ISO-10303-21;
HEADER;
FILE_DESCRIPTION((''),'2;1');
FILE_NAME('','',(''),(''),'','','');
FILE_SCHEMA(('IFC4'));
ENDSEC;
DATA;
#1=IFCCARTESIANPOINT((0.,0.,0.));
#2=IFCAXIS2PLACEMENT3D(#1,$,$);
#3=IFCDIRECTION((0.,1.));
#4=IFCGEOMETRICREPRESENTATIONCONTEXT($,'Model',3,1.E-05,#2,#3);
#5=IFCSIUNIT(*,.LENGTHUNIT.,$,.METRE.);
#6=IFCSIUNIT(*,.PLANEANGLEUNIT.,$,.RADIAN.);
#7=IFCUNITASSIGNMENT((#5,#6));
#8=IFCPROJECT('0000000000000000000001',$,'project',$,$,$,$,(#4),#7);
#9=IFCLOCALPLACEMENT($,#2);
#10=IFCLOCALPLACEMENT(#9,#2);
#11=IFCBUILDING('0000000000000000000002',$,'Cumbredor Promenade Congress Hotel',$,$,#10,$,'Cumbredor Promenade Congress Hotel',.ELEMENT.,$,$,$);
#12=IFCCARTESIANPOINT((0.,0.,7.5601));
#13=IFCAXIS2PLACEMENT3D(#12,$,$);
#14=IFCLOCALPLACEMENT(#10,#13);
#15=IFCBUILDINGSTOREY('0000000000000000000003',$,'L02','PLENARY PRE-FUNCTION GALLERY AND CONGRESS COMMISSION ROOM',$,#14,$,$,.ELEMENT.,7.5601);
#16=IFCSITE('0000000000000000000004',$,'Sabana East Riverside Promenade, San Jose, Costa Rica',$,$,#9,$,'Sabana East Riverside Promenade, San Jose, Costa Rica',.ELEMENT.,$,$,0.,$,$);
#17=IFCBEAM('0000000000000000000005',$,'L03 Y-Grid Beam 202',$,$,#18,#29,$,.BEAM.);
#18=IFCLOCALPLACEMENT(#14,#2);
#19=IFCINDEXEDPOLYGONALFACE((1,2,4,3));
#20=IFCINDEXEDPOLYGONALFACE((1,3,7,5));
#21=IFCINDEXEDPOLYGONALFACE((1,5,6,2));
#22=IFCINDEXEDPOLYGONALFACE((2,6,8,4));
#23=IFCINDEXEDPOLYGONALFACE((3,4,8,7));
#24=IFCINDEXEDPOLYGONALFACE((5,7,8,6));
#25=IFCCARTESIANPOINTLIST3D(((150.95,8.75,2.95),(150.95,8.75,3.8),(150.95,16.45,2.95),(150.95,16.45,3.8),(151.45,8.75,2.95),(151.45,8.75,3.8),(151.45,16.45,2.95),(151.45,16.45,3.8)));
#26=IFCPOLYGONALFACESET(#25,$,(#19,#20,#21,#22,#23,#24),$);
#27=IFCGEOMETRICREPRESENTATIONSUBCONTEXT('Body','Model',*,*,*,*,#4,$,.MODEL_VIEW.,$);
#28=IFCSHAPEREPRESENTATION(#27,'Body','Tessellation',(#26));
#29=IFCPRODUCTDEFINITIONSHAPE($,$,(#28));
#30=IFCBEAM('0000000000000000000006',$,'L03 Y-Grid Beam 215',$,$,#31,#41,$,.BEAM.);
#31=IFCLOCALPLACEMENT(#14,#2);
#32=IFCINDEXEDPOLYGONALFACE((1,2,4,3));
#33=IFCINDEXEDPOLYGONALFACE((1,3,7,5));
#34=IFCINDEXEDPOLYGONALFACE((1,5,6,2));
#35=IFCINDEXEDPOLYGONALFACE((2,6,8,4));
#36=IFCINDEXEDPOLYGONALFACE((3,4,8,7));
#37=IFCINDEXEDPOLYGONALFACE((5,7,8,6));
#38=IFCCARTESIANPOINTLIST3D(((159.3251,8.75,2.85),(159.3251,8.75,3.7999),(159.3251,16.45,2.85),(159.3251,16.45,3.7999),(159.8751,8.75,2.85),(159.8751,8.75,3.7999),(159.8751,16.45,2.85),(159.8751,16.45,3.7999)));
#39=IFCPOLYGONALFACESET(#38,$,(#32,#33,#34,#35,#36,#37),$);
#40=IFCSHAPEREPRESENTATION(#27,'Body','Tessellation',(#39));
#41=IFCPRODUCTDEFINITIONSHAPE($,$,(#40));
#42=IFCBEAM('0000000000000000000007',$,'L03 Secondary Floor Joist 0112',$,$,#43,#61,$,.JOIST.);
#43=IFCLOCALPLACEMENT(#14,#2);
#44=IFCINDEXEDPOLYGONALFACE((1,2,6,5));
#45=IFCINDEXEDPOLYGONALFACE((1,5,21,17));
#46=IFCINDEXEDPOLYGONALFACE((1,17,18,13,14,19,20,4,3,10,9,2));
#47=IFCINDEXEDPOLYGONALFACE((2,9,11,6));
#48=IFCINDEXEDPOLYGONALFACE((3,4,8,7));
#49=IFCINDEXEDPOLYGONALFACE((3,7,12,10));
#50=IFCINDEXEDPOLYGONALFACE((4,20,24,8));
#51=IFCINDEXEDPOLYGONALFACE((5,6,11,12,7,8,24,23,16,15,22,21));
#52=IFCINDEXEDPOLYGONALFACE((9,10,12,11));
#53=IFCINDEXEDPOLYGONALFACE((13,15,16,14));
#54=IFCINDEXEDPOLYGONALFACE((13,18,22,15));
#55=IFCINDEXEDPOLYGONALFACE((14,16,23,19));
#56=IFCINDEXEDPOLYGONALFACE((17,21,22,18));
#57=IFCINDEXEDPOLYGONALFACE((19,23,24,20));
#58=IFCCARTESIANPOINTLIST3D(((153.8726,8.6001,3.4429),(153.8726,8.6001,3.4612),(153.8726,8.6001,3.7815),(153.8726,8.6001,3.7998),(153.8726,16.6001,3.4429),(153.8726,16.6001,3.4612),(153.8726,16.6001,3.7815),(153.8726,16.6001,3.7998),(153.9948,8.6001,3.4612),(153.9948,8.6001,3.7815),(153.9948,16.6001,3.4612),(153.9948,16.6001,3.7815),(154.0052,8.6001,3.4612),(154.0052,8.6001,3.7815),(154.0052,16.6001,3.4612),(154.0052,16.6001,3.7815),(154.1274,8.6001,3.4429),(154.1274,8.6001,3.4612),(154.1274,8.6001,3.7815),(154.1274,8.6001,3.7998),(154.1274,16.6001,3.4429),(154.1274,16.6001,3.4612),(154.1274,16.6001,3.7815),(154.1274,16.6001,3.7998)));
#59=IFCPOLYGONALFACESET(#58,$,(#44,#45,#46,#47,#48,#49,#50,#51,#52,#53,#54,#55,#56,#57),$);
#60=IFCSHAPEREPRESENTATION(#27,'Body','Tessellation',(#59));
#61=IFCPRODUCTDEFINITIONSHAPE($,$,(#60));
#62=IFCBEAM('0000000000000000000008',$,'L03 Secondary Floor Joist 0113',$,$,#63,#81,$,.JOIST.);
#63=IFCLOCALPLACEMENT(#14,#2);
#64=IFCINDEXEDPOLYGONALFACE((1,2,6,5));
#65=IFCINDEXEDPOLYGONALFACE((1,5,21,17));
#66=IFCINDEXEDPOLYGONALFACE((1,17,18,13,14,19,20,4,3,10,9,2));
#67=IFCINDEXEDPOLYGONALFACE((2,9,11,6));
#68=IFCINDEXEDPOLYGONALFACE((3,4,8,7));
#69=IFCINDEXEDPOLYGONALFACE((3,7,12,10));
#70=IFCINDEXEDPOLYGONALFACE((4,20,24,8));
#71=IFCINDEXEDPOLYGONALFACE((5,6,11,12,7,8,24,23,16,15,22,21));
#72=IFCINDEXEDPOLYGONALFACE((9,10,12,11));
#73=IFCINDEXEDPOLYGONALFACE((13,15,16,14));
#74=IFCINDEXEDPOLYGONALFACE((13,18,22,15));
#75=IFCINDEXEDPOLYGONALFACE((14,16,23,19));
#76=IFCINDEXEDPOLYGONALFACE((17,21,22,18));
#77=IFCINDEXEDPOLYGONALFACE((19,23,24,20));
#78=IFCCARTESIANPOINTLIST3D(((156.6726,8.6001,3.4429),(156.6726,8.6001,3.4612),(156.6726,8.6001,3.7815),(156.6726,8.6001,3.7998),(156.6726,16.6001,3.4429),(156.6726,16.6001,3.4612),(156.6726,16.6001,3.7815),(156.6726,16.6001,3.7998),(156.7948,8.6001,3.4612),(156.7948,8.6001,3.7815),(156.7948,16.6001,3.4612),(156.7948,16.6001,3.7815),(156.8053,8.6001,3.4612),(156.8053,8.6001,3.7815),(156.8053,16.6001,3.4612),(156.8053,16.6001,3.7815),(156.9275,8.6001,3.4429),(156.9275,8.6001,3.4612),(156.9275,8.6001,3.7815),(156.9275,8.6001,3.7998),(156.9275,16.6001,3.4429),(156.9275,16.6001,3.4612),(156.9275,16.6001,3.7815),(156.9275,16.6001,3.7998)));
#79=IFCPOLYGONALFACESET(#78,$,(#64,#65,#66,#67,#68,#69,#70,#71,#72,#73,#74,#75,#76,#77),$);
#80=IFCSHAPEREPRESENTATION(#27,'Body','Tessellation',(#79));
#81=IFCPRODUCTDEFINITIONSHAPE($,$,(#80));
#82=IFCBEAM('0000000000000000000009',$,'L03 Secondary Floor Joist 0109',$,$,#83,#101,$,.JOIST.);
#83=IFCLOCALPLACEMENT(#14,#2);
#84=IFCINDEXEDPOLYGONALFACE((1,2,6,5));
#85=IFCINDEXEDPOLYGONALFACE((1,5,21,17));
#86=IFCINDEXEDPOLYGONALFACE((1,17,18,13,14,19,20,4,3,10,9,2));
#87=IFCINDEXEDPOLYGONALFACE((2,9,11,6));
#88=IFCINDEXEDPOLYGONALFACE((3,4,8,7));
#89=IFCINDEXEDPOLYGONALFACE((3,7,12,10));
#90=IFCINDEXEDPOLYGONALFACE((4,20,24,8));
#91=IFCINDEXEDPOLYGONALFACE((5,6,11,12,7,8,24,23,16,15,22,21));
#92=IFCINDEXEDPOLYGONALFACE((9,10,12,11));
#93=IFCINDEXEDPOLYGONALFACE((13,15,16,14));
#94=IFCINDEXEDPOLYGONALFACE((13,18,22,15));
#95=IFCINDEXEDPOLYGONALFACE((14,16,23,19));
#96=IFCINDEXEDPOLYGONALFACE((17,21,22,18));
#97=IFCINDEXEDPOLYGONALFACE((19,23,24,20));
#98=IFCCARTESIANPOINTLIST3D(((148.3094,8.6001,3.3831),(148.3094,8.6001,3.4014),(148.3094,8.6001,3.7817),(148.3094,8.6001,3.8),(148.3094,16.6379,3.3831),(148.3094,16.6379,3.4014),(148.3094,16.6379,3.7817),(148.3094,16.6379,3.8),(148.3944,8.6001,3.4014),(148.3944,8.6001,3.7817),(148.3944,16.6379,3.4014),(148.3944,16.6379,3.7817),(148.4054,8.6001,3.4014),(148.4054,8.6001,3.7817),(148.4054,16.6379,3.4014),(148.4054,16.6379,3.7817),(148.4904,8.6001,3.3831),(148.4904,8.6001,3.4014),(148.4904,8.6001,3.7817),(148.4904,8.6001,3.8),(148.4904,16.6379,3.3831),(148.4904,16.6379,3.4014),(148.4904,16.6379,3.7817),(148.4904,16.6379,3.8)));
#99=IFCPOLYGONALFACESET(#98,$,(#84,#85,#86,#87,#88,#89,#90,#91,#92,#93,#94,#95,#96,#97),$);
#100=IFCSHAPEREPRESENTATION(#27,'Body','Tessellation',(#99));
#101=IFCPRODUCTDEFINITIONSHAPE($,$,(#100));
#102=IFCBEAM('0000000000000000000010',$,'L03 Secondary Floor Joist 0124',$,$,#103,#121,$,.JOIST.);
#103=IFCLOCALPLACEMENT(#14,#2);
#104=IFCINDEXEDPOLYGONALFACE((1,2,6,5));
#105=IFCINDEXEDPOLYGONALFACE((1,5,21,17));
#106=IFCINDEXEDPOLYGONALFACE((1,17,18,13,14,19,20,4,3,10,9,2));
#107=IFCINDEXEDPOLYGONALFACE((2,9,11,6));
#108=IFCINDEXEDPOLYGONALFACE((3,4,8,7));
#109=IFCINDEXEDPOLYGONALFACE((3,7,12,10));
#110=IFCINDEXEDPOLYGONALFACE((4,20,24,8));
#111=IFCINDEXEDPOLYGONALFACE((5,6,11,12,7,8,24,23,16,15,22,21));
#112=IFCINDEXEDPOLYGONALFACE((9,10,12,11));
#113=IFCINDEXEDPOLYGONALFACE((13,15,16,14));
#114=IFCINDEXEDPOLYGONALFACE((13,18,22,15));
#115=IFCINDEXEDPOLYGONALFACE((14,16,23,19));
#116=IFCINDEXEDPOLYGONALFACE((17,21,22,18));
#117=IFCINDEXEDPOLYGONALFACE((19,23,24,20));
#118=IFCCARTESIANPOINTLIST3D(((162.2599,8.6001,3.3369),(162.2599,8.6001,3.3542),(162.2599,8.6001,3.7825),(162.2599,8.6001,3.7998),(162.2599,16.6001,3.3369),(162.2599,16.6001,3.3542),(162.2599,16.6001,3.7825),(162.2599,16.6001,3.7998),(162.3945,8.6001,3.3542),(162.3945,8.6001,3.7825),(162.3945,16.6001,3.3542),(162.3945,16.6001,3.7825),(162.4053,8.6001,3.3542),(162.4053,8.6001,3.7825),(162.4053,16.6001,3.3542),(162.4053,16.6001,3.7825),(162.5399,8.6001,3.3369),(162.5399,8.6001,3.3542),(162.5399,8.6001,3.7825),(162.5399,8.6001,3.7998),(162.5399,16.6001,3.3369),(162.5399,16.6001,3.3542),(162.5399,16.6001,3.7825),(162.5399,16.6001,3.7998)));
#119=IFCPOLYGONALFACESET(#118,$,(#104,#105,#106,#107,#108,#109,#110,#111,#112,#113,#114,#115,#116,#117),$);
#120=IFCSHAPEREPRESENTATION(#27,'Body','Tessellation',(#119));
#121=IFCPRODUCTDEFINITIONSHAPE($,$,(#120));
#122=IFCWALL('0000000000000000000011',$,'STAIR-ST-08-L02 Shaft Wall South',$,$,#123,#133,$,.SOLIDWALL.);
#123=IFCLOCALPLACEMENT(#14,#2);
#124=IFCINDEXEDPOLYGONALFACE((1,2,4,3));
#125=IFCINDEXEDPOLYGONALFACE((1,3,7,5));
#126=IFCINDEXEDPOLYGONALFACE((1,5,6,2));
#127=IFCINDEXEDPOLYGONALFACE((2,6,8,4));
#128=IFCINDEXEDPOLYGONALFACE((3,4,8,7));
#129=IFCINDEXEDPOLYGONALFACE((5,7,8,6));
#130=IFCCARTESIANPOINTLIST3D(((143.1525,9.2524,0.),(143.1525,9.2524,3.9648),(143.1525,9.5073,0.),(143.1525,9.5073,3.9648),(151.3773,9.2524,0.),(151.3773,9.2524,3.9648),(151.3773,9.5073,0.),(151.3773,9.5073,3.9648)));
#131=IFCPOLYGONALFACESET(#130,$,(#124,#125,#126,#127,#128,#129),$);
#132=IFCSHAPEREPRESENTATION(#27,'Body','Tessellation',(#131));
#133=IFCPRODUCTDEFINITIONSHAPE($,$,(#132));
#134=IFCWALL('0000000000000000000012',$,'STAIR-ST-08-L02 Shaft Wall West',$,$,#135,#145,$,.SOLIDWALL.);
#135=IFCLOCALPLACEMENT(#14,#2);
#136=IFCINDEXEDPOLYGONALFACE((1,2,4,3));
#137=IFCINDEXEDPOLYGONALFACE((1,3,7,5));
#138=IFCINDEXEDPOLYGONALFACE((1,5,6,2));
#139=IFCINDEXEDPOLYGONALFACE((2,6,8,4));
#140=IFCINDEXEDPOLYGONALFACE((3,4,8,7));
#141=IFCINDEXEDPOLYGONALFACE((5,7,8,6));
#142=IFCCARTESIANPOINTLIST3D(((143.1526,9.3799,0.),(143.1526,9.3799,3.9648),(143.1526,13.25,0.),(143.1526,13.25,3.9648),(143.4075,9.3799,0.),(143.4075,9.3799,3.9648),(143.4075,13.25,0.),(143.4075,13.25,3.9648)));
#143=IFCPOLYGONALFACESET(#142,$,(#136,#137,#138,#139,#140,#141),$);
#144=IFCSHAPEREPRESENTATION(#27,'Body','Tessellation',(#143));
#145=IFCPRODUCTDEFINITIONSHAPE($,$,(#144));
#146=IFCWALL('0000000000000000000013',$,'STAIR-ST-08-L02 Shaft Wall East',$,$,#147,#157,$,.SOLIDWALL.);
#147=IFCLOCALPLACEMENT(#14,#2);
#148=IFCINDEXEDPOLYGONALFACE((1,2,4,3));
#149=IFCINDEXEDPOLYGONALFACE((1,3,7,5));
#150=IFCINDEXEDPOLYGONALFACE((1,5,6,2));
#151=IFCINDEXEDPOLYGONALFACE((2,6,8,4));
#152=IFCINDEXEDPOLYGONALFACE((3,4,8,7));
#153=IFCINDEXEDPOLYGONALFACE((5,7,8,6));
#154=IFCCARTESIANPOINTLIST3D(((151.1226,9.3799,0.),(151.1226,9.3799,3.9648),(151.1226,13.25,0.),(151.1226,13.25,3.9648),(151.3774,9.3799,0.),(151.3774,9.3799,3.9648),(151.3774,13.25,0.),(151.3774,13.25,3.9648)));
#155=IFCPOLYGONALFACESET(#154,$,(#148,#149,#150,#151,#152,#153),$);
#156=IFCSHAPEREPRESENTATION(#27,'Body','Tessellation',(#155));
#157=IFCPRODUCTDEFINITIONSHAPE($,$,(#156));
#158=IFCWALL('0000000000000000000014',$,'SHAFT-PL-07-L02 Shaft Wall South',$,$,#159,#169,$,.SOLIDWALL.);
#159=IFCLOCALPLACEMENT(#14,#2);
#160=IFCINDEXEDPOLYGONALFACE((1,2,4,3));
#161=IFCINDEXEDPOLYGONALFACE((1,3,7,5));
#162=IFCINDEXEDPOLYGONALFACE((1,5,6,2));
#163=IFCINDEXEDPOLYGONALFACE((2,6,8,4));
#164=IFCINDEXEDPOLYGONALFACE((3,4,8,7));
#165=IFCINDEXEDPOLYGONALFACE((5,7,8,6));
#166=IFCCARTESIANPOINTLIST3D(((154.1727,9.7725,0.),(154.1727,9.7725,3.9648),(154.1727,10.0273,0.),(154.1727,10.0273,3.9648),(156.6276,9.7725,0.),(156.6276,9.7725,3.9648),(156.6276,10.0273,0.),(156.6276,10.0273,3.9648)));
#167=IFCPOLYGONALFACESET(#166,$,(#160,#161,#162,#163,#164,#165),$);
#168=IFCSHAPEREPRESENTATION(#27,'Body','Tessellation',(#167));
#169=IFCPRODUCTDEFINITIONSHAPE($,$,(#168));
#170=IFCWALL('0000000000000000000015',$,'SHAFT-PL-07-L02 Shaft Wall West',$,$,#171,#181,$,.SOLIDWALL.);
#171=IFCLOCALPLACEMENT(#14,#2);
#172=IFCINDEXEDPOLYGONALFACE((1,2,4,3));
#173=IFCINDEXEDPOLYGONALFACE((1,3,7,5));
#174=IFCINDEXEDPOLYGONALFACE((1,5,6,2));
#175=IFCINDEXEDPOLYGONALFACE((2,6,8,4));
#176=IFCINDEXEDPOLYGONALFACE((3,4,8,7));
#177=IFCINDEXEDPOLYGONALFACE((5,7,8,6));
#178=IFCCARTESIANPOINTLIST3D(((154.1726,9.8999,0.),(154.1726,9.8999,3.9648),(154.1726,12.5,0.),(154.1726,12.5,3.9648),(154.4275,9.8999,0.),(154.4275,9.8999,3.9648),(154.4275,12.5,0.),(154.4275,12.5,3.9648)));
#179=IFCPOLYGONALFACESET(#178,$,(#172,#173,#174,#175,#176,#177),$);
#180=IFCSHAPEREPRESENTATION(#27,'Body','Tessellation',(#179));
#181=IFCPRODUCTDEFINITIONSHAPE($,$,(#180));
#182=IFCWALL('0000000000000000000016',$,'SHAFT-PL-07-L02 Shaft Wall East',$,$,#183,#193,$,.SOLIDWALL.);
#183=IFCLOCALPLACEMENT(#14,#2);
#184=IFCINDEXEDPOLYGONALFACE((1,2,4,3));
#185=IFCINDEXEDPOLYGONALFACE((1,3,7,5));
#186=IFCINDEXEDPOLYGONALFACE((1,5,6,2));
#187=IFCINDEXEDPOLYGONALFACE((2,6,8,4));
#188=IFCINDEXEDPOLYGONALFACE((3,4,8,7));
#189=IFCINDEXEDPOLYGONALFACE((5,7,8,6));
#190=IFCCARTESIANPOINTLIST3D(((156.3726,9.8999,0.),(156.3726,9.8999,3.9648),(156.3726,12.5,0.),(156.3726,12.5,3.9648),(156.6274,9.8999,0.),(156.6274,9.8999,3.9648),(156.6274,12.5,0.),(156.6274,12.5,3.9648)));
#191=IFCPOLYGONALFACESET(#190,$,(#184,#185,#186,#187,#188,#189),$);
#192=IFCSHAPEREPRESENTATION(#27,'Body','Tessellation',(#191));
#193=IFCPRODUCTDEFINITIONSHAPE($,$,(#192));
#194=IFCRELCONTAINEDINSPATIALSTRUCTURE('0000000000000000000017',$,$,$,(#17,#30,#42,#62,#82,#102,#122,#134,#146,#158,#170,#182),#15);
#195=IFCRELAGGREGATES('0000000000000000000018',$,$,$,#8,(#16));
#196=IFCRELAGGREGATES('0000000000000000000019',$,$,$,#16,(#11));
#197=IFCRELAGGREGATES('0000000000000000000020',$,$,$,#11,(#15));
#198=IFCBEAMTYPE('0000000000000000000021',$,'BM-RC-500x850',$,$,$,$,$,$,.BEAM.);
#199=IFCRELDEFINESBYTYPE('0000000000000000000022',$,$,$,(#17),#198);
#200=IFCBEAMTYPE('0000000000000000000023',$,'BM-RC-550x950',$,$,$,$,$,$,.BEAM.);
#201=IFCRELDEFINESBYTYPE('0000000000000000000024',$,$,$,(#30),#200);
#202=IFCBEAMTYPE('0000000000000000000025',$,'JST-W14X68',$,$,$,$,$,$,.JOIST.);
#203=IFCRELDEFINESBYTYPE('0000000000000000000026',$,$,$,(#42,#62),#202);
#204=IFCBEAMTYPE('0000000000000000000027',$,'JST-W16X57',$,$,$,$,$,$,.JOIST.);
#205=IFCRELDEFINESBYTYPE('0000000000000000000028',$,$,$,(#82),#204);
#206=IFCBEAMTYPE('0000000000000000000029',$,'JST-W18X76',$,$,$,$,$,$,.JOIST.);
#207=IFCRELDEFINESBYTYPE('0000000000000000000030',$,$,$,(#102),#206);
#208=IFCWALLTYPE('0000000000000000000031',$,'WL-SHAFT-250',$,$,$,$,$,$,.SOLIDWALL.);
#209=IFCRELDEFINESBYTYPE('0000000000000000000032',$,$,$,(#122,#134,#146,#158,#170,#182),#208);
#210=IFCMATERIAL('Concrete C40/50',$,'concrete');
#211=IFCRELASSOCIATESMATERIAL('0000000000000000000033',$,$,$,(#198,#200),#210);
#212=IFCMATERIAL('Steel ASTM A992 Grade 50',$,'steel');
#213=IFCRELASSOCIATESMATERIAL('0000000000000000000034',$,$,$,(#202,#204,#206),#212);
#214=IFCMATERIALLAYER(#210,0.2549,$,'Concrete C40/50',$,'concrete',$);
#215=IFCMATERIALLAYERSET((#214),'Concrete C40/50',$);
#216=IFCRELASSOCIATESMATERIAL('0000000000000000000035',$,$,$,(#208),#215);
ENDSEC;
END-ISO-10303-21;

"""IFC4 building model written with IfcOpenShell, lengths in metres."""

from ifc_helpers import new_model, si_unit, direction, frame, frame_2d, origin, origin_2d, place, context, subcontext, project, spatial, rectangle, i_section, extrude, material, layer, layer_set, material_profile, profile_set, type_object, element, save


model = new_model("IFC4")

# Units and contexts
model_context = context("Model", 3, precision=1e-05, world=origin(), true_north=direction((0.0, 1.0)))
body_context = subcontext(model_context, "Body", "Model", "MODEL_VIEW")
ifc_project = project(units=[si_unit("LENGTHUNIT", "METRE"), si_unit("PLANEANGLEUNIT", "RADIAN")], contexts=[model_context])

# Site, building, storey
site_placement = place(None, origin())
site = spatial("IfcSite", under=ifc_project, at=site_placement, Name="Sabana East Riverside Promenade, San Jose, Costa Rica", LongName="Sabana East Riverside Promenade, San Jose, Costa Rica", CompositionType="ELEMENT", RefElevation=0.0)
building_placement = place(site_placement, origin())
building = spatial("IfcBuilding", under=site, at=building_placement, Name="Cumbredor Promenade Congress Hotel", LongName="Cumbredor Promenade Congress Hotel", CompositionType="ELEMENT")
storey_placement = place(building_placement, frame((0.0, 0.0, 7.5601)))
storey = spatial("IfcBuildingStorey", under=building, at=storey_placement, Name="L02", Description="PLENARY PRE-FUNCTION GALLERY AND CONGRESS COMMISSION ROOM", CompositionType="ELEMENT", Elevation=7.5601)

# Beams
ifc_material_1 = material(Name="Concrete C40/50", Category="concrete")
ifc_material_profile_1 = material_profile(ifc_material_1, rectangle(XDim=0.5, YDim=0.8501, at=origin_2d()), Name="RC BEAM 500x850")
ifc_profile_set_1 = profile_set([ifc_material_profile_1], Name="Concrete C40/50")
beam_type_1 = type_object("IfcBeamType", Name="BM-RC-500x850", PredefinedType="BEAM", material=ifc_profile_set_1)
beam_1_placement = place(storey_placement, frame((151.2, 8.75, 3.375), z_axis=(0.0, 1.0, 0.0), x_axis=(-1.0, 0.0, 0.0)))
element("IfcBeam", 1, at=beam_1_placement, inside=storey, type_object=beam_type_1, Name="L03 Y-Grid Beam 202", PredefinedType="BEAM", context=body_context, shape_type="SweptSolid", body=[
    extrude(rectangle(XDim=0.5, YDim=0.8501, at=origin_2d()), origin(), (0.0, 0.0, 1.0), 7.7),
])
ifc_material_profile_2 = material_profile(ifc_material_1, rectangle(XDim=0.55, YDim=0.95, at=origin_2d()), Name="RC BEAM 550x950")
ifc_profile_set_2 = profile_set([ifc_material_profile_2], Name="Concrete C40/50")
beam_type_2 = type_object("IfcBeamType", Name="BM-RC-550x950", PredefinedType="BEAM", material=ifc_profile_set_2)
beam_2_placement = place(storey_placement, frame((159.6001, 8.75, 3.325), z_axis=(0.0, 1.0, 0.0), x_axis=(-1.0, 0.0, 0.0)))
element("IfcBeam", 2, at=beam_2_placement, inside=storey, type_object=beam_type_2, Name="L03 Y-Grid Beam 215", PredefinedType="BEAM", context=body_context, shape_type="SweptSolid", body=[
    extrude(rectangle(XDim=0.55, YDim=0.95, at=origin_2d()), origin(), (0.0, 0.0, 1.0), 7.7),
])
ifc_material_2 = material(Name="Steel ASTM A992 Grade 50", Category="steel")
ifc_material_profile_3 = material_profile(ifc_material_2, i_section(OverallWidth=0.2549, OverallDepth=0.3569, WebThickness=0.0105, FlangeThickness=0.0183, at=origin_2d()), Name="W14X68")
ifc_profile_set_3 = profile_set([ifc_material_profile_3], Name="Steel ASTM A992 Grade 50")
beam_type_3 = type_object("IfcBeamType", Name="JST-W14X68", PredefinedType="JOIST", material=ifc_profile_set_3)
for number, where, z_axis, x_axis, name in (
    (3, (154.0, 8.6001, 3.6213), (0.0, 1.0, 0.0), (-1.0, 0.0, 0.0), "L03 Secondary Floor Joist 0112"),
    (4, (156.8, 8.6001, 3.6213), (0.0, 1.0, 0.0), (-1.0, 0.0, 0.0), "L03 Secondary Floor Joist 0113"),
):
    element("IfcBeam", number, at=place(storey_placement, frame(where, z_axis=z_axis, x_axis=x_axis)), inside=storey, type_object=beam_type_3, Name=name, PredefinedType="JOIST", context=body_context, shape_type="SweptSolid", body=[
        extrude(i_section(OverallWidth=0.2549, OverallDepth=0.3569, WebThickness=0.0105, FlangeThickness=0.0183, at=origin_2d()), origin(), (0.0, 0.0, 1.0), 8.0),
    ])
ifc_material_profile_4 = material_profile(ifc_material_2, i_section(OverallWidth=0.1809, OverallDepth=0.417, WebThickness=0.011, FlangeThickness=0.0183, at=origin_2d()), Name="W16X57")
ifc_profile_set_4 = profile_set([ifc_material_profile_4], Name="Steel ASTM A992 Grade 50")
beam_type_4 = type_object("IfcBeamType", Name="JST-W16X57", PredefinedType="JOIST", material=ifc_profile_set_4)
beam_3_placement = place(storey_placement, frame((148.3999, 8.6001, 3.5916), z_axis=(0.0, 1.0, 0.0), x_axis=(-1.0, 0.0, 0.0)))
element("IfcBeam", 5, at=beam_3_placement, inside=storey, type_object=beam_type_4, Name="L03 Secondary Floor Joist 0109", PredefinedType="JOIST", context=body_context, shape_type="SweptSolid", body=[
    extrude(i_section(OverallWidth=0.1809, OverallDepth=0.417, WebThickness=0.011, FlangeThickness=0.0183, at=origin_2d()), origin(), (0.0, 0.0, 1.0), 8.0378),
])
ifc_material_profile_5 = material_profile(ifc_material_2, i_section(OverallWidth=0.28, OverallDepth=0.4629, WebThickness=0.0107, FlangeThickness=0.0173, at=origin_2d()), Name="W18X76")
ifc_profile_set_5 = profile_set([ifc_material_profile_5], Name="Steel ASTM A992 Grade 50")
beam_type_5 = type_object("IfcBeamType", Name="JST-W18X76", PredefinedType="JOIST", material=ifc_profile_set_5)
beam_4_placement = place(storey_placement, frame((162.3999, 8.6001, 3.5684), z_axis=(0.0, 1.0, 0.0), x_axis=(-1.0, 0.0, 0.0)))
element("IfcBeam", 6, at=beam_4_placement, inside=storey, type_object=beam_type_5, Name="L03 Secondary Floor Joist 0124", PredefinedType="JOIST", context=body_context, shape_type="SweptSolid", body=[
    extrude(i_section(OverallWidth=0.28, OverallDepth=0.4629, WebThickness=0.0107, FlangeThickness=0.0173, at=origin_2d()), origin(), (0.0, 0.0, 1.0), 8.0),
])

# Walls
ifc_layer = layer(ifc_material_1, 0.2549, Name="Concrete C40/50", Category="concrete")
ifc_layer_set = layer_set([ifc_layer], Name="Concrete C40/50")
wall_type = type_object("IfcWallType", Name="WL-SHAFT-250", PredefinedType="SOLIDWALL", material=ifc_layer_set)
wall_1_placement = place(storey_placement, frame((143.1526, 9.3799, 0.0), z_axis=(0.0, 0.0, 1.0), x_axis=(1.0, 0.0, 0.0)))
element("IfcWall", 7, at=wall_1_placement, inside=storey, type_object=wall_type, Name="STAIR-ST-08-L02 Shaft Wall South", PredefinedType="SOLIDWALL", context=body_context, shape_type="SweptSolid", body=[
    extrude(rectangle(XDim=8.2249, YDim=0.2549, at=frame_2d((4.1123, 0.0))), origin(), (0.0, 0.0, 1.0), 3.9648),
])
for number, where, z_axis, x_axis, name in (
    (8, (143.28, 9.3799, 0.0), (0.0, 0.0, 1.0), (0.0, 1.0, 0.0), "STAIR-ST-08-L02 Shaft Wall West"),
    (9, (151.25, 9.3799, 0.0), (0.0, 0.0, 1.0), (0.0, 1.0, 0.0), "STAIR-ST-08-L02 Shaft Wall East"),
):
    element("IfcWall", number, at=place(storey_placement, frame(where, z_axis=z_axis, x_axis=x_axis)), inside=storey, type_object=wall_type, Name=name, PredefinedType="SOLIDWALL", context=body_context, shape_type="SweptSolid", body=[
        extrude(rectangle(XDim=3.8701, YDim=0.2549, at=frame_2d((1.9351, 0.0))), origin(), (0.0, 0.0, 1.0), 3.9648),
    ])
wall_2_placement = place(storey_placement, frame((154.1726, 9.8999, 0.0), z_axis=(0.0, 0.0, 1.0), x_axis=(1.0, 0.0, 0.0)))
element("IfcWall", 10, at=wall_2_placement, inside=storey, type_object=wall_type, Name="SHAFT-PL-07-L02 Shaft Wall South", PredefinedType="SOLIDWALL", context=body_context, shape_type="SweptSolid", body=[
    extrude(rectangle(XDim=2.4548, YDim=0.2549, at=frame_2d((1.2275, 0.0))), origin(), (0.0, 0.0, 1.0), 3.9648),
])
for number, where, z_axis, x_axis, name in (
    (11, (154.3, 9.8999, 0.0), (0.0, 0.0, 1.0), (0.0, 1.0, 0.0), "SHAFT-PL-07-L02 Shaft Wall West"),
    (12, (156.5, 9.8999, 0.0), (0.0, 0.0, 1.0), (0.0, 1.0, 0.0), "SHAFT-PL-07-L02 Shaft Wall East"),
):
    element("IfcWall", number, at=place(storey_placement, frame(where, z_axis=z_axis, x_axis=x_axis)), inside=storey, type_object=wall_type, Name=name, PredefinedType="SOLIDWALL", context=body_context, shape_type="SweptSolid", body=[
        extrude(rectangle(XDim=2.6001, YDim=0.2549, at=frame_2d((1.3, 0.0))), origin(), (0.0, 0.0, 1.0), 3.9648),
    ])

save(model, "model.ifc")
